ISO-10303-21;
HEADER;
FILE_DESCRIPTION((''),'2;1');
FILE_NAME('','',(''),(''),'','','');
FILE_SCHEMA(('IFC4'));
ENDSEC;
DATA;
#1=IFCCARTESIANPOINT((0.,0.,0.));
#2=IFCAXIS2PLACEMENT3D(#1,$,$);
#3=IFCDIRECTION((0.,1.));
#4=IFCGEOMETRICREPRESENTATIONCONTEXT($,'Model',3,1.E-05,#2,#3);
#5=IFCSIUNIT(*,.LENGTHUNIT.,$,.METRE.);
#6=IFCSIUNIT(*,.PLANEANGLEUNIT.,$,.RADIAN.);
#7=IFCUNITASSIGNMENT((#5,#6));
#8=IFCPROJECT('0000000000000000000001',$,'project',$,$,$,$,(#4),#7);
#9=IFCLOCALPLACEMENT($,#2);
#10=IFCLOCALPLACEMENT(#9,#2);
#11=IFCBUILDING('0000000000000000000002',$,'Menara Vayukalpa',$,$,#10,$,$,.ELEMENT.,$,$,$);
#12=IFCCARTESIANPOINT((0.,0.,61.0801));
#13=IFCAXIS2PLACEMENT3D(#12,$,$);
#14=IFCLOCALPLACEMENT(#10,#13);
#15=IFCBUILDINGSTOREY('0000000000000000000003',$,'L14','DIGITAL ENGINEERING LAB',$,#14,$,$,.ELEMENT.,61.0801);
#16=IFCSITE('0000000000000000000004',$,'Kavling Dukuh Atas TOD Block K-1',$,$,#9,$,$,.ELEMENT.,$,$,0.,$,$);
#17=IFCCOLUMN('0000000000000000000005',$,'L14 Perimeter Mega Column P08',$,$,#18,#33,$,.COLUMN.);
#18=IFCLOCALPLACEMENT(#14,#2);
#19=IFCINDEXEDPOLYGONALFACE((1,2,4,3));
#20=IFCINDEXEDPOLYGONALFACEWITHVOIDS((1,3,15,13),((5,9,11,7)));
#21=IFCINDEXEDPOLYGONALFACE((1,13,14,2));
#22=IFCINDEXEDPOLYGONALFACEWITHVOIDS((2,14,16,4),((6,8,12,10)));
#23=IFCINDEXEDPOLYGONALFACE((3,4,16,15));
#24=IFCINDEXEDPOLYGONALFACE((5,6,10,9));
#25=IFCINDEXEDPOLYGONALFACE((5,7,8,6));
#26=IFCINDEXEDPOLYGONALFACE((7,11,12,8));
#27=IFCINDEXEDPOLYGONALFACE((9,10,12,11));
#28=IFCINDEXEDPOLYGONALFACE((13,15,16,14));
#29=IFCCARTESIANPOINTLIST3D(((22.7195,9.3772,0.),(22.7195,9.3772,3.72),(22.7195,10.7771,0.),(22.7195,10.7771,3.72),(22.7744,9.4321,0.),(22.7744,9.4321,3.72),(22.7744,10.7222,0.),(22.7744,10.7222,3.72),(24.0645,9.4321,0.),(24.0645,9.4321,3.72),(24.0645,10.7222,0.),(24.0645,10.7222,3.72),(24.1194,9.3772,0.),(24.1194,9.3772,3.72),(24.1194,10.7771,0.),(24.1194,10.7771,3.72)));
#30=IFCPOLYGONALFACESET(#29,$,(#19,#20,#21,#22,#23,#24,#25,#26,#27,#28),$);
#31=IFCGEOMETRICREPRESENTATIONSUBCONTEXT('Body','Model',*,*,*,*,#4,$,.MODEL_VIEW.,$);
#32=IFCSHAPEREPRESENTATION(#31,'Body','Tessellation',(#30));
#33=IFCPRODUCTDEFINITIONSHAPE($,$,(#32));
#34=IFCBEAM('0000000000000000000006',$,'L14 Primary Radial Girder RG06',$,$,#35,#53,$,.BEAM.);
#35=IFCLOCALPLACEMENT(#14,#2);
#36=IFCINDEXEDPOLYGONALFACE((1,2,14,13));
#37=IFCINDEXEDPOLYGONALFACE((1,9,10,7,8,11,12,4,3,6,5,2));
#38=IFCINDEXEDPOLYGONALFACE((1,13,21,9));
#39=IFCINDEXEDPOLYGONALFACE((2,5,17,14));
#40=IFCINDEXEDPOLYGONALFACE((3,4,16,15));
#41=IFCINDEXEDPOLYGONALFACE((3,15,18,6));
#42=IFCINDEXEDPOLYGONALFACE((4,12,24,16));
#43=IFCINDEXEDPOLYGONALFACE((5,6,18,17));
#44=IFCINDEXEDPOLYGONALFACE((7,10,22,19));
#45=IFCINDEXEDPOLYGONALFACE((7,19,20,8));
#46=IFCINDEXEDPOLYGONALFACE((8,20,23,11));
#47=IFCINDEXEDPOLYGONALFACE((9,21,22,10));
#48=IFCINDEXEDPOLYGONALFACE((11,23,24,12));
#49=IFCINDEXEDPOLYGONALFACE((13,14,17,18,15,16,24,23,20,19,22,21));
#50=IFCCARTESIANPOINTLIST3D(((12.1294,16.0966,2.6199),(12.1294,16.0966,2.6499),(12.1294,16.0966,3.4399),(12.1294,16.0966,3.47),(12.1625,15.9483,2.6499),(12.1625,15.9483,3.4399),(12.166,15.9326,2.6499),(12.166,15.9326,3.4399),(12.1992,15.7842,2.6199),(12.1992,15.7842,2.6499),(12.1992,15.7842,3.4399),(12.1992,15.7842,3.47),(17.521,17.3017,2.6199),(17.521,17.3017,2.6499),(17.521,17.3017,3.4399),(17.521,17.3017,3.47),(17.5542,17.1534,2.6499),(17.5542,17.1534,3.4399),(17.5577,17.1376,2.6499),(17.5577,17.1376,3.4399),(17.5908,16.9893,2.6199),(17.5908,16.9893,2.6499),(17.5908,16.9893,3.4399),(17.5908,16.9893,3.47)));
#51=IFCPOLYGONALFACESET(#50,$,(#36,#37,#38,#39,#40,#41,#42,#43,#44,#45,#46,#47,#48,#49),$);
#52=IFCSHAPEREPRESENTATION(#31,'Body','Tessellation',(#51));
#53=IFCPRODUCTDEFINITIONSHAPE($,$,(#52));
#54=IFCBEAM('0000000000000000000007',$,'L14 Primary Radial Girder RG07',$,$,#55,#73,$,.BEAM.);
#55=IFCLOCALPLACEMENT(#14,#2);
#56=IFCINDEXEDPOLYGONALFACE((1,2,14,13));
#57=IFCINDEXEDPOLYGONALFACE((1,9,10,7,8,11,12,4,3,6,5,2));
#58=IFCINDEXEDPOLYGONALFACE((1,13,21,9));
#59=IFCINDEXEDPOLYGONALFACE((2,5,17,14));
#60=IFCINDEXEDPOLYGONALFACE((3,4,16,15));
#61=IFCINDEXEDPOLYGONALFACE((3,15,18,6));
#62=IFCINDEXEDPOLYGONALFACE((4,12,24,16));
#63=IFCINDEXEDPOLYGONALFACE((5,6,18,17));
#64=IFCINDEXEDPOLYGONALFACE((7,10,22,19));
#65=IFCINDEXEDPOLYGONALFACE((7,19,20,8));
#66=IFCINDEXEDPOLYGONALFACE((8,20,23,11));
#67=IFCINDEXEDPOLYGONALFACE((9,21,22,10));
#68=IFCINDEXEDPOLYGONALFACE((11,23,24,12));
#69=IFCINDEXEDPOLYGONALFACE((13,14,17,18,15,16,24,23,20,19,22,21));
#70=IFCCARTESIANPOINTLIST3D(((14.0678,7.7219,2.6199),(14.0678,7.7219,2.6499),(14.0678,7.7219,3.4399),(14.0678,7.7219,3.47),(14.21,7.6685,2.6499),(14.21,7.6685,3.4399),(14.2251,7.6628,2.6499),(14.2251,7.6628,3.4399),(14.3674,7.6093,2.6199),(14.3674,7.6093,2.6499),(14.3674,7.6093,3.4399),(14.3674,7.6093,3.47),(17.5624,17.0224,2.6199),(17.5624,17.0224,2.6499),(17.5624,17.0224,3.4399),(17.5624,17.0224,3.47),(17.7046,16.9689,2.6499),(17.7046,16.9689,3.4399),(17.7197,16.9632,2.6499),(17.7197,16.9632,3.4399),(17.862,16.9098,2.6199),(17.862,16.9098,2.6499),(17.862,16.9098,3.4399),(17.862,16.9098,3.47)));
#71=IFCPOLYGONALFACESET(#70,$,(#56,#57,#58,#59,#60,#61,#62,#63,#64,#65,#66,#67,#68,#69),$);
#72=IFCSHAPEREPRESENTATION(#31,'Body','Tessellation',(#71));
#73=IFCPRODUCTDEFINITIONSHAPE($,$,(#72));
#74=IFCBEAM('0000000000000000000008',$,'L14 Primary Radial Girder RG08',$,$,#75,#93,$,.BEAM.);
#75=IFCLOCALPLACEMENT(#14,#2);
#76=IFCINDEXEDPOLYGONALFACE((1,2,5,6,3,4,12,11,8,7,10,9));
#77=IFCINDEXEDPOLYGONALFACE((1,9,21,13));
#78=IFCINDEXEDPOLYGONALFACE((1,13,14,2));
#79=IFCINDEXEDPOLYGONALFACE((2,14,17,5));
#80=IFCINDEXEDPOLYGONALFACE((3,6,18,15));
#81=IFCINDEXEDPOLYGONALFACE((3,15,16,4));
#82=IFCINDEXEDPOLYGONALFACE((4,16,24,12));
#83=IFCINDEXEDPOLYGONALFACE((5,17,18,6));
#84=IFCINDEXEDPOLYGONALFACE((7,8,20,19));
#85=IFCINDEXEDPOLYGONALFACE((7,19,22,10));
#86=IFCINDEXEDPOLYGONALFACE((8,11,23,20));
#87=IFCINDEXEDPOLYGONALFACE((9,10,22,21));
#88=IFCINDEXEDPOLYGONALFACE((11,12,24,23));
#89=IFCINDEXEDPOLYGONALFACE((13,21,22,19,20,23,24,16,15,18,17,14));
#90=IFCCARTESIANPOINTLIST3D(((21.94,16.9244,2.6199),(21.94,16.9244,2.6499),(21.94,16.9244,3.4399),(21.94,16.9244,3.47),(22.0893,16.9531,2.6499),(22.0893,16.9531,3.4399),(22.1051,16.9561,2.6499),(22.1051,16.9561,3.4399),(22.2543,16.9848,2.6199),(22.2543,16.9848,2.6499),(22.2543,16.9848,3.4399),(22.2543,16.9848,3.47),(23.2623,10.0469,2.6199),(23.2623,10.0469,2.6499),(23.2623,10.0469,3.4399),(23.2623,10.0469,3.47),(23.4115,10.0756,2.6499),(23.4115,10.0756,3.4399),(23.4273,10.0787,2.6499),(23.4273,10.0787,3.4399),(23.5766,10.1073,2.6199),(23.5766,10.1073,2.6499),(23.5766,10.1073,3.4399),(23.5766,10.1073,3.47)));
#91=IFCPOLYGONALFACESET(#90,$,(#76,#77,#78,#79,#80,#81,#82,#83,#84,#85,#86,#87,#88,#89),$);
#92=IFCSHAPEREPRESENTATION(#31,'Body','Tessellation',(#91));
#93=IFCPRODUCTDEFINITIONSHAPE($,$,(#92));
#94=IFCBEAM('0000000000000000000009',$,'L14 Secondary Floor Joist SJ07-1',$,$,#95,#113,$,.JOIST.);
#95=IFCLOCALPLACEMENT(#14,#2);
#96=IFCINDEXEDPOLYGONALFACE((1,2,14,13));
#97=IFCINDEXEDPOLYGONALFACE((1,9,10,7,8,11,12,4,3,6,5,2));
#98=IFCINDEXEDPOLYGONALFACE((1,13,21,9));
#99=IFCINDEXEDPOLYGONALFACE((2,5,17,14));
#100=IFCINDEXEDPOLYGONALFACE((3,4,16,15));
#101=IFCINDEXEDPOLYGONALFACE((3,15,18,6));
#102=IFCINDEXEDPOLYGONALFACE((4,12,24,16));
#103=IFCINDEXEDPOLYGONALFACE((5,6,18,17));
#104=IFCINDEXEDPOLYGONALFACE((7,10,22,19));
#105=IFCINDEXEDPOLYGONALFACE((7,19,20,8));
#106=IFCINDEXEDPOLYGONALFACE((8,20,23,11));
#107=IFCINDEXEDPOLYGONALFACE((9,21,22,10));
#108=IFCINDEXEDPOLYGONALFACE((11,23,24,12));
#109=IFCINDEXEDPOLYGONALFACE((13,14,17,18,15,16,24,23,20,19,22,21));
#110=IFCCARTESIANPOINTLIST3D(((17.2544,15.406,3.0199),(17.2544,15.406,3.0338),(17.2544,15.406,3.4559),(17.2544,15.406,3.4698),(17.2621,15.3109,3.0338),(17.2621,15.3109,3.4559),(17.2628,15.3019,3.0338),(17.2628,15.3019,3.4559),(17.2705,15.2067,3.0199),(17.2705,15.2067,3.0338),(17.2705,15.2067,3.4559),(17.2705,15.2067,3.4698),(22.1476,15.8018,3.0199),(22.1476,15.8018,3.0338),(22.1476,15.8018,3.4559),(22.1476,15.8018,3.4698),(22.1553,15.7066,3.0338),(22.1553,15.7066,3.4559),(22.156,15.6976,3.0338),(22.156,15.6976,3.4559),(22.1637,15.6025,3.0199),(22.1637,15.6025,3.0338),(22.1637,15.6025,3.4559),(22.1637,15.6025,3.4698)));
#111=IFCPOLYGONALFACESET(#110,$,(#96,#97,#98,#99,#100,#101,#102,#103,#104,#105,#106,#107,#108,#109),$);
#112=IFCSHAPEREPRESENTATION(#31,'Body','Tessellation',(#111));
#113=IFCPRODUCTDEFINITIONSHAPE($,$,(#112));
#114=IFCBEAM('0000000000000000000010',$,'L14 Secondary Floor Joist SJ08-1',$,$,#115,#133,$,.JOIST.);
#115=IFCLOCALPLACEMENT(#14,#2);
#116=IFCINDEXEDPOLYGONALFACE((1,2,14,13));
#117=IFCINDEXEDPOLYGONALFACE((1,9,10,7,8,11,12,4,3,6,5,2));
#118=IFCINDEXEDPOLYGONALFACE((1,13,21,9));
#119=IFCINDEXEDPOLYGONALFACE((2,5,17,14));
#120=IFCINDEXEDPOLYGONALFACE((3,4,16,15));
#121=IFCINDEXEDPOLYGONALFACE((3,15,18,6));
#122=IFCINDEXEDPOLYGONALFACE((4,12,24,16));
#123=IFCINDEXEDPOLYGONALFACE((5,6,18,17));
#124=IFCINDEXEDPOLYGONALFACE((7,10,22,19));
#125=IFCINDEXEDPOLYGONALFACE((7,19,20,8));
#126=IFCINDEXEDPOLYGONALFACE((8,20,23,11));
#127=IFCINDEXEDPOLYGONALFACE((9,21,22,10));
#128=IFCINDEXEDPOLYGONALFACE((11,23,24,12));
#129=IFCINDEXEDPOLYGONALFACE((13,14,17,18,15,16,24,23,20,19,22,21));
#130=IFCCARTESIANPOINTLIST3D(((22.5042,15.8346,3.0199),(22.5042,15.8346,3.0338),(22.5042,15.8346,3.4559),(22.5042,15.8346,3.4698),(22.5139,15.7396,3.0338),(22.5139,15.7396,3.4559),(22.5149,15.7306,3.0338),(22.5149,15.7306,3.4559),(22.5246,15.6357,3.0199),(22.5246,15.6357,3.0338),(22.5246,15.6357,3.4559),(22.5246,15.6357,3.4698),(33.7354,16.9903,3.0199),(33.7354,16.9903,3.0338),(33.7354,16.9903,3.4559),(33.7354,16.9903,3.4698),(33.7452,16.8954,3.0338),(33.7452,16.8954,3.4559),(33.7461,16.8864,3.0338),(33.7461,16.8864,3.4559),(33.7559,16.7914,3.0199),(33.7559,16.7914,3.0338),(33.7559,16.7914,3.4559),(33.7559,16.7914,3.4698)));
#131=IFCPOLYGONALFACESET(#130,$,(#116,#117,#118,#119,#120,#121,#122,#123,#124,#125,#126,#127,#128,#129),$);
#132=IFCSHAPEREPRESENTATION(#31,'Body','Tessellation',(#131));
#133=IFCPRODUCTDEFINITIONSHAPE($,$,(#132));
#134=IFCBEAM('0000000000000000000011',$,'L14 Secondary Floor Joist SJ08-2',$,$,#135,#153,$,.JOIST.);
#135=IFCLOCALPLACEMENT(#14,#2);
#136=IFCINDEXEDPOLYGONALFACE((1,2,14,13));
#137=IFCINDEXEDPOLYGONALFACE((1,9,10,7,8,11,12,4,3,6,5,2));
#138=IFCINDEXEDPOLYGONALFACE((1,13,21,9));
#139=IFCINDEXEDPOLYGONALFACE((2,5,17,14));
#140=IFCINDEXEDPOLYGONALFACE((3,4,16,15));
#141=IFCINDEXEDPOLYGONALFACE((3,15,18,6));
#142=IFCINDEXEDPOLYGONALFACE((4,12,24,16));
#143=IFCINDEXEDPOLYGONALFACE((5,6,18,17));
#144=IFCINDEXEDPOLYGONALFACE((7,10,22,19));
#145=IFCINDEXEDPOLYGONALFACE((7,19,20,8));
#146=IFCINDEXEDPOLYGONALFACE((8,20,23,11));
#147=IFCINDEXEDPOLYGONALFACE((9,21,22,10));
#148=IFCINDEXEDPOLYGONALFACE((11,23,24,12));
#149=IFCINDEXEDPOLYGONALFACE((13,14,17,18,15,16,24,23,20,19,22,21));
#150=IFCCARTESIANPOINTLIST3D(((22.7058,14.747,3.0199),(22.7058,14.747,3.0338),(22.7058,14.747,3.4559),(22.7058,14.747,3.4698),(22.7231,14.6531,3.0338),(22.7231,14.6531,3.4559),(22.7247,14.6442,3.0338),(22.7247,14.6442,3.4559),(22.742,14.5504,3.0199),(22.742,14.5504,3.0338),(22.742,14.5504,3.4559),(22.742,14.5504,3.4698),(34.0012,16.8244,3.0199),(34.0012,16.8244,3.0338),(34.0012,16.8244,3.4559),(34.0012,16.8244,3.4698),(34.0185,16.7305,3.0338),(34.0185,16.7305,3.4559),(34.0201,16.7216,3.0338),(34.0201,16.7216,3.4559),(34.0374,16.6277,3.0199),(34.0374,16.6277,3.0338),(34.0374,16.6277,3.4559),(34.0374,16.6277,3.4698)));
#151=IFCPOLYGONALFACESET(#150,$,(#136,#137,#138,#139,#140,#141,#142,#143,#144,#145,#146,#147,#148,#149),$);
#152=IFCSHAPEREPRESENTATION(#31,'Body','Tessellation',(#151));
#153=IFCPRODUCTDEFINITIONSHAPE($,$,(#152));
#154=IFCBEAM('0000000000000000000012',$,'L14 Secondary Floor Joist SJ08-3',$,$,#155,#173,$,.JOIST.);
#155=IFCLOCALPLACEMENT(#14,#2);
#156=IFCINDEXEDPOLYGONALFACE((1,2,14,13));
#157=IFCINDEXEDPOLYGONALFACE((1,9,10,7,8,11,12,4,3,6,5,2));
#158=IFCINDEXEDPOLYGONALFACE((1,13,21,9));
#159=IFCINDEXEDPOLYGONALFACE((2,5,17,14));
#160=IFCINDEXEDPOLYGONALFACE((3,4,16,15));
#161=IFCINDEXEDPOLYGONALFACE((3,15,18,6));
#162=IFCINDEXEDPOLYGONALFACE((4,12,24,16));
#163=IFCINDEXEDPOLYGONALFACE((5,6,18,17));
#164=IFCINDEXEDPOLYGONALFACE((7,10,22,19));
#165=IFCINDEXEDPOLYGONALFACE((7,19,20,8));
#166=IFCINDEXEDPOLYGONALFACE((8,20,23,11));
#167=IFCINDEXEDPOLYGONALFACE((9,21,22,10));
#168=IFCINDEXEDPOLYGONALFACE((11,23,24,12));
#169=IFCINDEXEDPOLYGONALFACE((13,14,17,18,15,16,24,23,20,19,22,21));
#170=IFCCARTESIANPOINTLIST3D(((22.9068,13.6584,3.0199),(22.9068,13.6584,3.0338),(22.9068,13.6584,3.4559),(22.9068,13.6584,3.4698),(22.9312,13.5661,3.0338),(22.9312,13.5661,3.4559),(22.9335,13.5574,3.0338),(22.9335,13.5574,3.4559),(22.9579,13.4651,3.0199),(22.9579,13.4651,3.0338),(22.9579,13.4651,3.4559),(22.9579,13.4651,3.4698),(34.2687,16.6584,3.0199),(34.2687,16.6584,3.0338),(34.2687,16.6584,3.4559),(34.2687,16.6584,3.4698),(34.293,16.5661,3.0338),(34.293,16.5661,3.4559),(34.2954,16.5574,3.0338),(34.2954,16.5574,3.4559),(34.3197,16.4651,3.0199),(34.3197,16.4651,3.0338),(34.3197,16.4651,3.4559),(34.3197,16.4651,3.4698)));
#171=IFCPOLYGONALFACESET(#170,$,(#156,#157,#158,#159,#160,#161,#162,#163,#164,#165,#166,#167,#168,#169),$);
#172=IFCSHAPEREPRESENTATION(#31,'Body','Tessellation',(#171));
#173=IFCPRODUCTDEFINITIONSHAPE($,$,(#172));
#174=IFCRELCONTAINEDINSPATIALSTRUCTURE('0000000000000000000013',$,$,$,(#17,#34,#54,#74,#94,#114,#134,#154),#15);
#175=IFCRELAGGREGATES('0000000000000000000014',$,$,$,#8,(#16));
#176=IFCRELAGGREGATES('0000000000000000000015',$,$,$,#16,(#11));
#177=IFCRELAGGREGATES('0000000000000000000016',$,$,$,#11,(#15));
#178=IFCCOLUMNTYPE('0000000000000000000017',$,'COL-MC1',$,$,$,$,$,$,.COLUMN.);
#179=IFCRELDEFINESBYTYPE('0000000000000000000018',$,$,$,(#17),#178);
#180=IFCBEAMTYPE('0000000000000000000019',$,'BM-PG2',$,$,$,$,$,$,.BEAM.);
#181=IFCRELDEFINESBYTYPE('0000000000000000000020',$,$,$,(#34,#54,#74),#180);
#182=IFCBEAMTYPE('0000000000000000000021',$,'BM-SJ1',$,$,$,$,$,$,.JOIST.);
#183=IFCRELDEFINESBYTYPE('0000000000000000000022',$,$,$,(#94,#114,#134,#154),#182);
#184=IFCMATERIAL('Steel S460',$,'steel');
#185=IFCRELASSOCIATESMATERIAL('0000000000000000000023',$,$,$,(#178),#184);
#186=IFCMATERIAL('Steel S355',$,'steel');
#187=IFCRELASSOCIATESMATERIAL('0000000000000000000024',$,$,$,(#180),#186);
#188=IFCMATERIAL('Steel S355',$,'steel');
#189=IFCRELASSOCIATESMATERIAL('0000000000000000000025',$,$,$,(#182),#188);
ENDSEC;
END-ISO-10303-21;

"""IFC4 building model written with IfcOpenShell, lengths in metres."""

from ifc_helpers import new_model, si_unit, direction, frame, origin, origin_2d, place, context, subcontext, project, spatial, hollow_rectangle, i_section, extrude, material, material_profile, profile_set, type_object, element, save


model = new_model("IFC4")

# Units and contexts
model_context = context("Model", 3, precision=1e-05, world=origin(), true_north=direction((0.0, 1.0)))
body_context = subcontext(model_context, "Body", "Model", "MODEL_VIEW")
ifc_project = project(units=[si_unit("LENGTHUNIT", "METRE"), si_unit("PLANEANGLEUNIT", "RADIAN")], contexts=[model_context])

# Site, building, storey
site_placement = place(None, origin())
site = spatial("IfcSite", under=ifc_project, at=site_placement, Name="Kavling Dukuh Atas TOD Block K-1", CompositionType="ELEMENT", RefElevation=0.0)
building_placement = place(site_placement, origin())
building = spatial("IfcBuilding", under=site, at=building_placement, Name="Menara Vayukalpa", CompositionType="ELEMENT")
storey_placement = place(building_placement, frame((0.0, 0.0, 61.0801)))
storey = spatial("IfcBuildingStorey", under=building, at=storey_placement, Name="L14", Description="DIGITAL ENGINEERING LAB", CompositionType="ELEMENT", Elevation=61.0801)

# Column
ifc_material_1 = material(Name="Steel S460", Category="steel")
ifc_material_profile_1 = material_profile(ifc_material_1, hollow_rectangle(XDim=1.3999, YDim=1.3999, WallThickness=0.0549, at=origin_2d()), Name="BOX 1400x1400x55")
ifc_profile_set_1 = profile_set([ifc_material_profile_1], Name="Steel S460")
column_type = type_object("IfcColumnType", Name="COL-MC1", PredefinedType="COLUMN", material=ifc_profile_set_1)
column_placement = place(storey_placement, frame((23.4194, 10.0771, 0.0), z_axis=(0.0, 0.0, 1.0), x_axis=(1.0, 0.0, 0.0)))
element("IfcColumn", 1, at=column_placement, inside=storey, type_object=column_type, Name="L14 Perimeter Mega Column P08", PredefinedType="COLUMN", context=body_context, shape_type="SweptSolid", body=[
    extrude(hollow_rectangle(XDim=1.3999, YDim=1.3999, WallThickness=0.0549, at=origin_2d()), origin(), (0.0, 0.0, 1.0), 3.72),
])

# Beams
ifc_material_2 = material(Name="Steel S355", Category="steel")
ifc_material_profile_2 = material_profile(ifc_material_2, i_section(OverallWidth=0.3201, OverallDepth=0.8501, WebThickness=0.0161, FlangeThickness=0.03, at=origin_2d()), Name="WF 850x320x16x30")
ifc_profile_set_2 = profile_set([ifc_material_profile_2], Name="Steel S355")
beam_type_1 = type_object("IfcBeamType", Name="BM-PG2", PredefinedType="BEAM", material=ifc_profile_set_2)
beam_1_placement = place(storey_placement, frame((17.5559, 17.1455, 3.0449), z_axis=(-0.97592, -0.218128, 0.0), x_axis=(0.218128, -0.97592, 0.0)))
element("IfcBeam", 2, at=beam_1_placement, inside=storey, type_object=beam_type_1, Name="L14 Primary Radial Girder RG06", PredefinedType="BEAM", context=body_context, shape_type="SweptSolid", body=[
    extrude(i_section(OverallWidth=0.3201, OverallDepth=0.8501, WebThickness=0.0161, FlangeThickness=0.03, at=origin_2d()), origin(), (0.0, 0.0, 1.0), 5.5247),
])
beam_2_placement = place(storey_placement, frame((17.7122, 16.9661, 3.0449), z_axis=(-0.351735, -0.9361, 0.0), x_axis=(0.9361, -0.351735, 0.0)))
element("IfcBeam", 3, at=beam_2_placement, inside=storey, type_object=beam_type_1, Name="L14 Primary Radial Girder RG07", PredefinedType="BEAM", context=body_context, shape_type="SweptSolid", body=[
    extrude(i_section(OverallWidth=0.3201, OverallDepth=0.8501, WebThickness=0.0161, FlangeThickness=0.03, at=origin_2d()), origin(), (0.0, 0.0, 1.0), 9.9353),
])
beam_3_placement = place(storey_placement, frame((22.0972, 16.9546, 3.0449), z_axis=(0.188803, -0.982015, 0.0), x_axis=(0.982015, 0.188803, 0.0)))
element("IfcBeam", 4, at=beam_3_placement, inside=storey, type_object=beam_type_1, Name="L14 Primary Radial Girder RG08", PredefinedType="BEAM", context=body_context, shape_type="SweptSolid", body=[
    extrude(i_section(OverallWidth=0.3201, OverallDepth=0.8501, WebThickness=0.0161, FlangeThickness=0.03, at=origin_2d()), origin(), (0.0, 0.0, 1.0), 7.0034),
])
ifc_material_3 = material(Name="Steel S355", Category="steel")
ifc_material_profile_3 = material_profile(ifc_material_3, i_section(OverallWidth=0.2, OverallDepth=0.45, WebThickness=0.009, FlangeThickness=0.0139, at=origin_2d()), Name="WF 450x200x9x14")
ifc_profile_set_3 = profile_set([ifc_material_profile_3], Name="Steel S355")
beam_type_2 = type_object("IfcBeamType", Name="BM-SJ1", PredefinedType="JOIST", material=ifc_profile_set_3)
beam_4_placement = place(storey_placement, frame((17.2625, 15.3064, 3.2449), z_axis=(0.996745, 0.080613, 0.0), x_axis=(-0.080613, 0.996745, 0.0)))
element("IfcBeam", 5, at=beam_4_placement, inside=storey, type_object=beam_type_2, Name="L14 Secondary Floor Joist SJ07-1", PredefinedType="JOIST", context=body_context, shape_type="SweptSolid", body=[
    extrude(i_section(OverallWidth=0.2, OverallDepth=0.45, WebThickness=0.009, FlangeThickness=0.0139, at=origin_2d()), origin(), (0.0, 0.0, 1.0), 4.9092),
])
beam_5_placement = place(storey_placement, frame((22.5144, 15.7351, 3.2449), z_axis=(0.994747, 0.102366, 0.0), x_axis=(-0.102366, 0.994747, 0.0)))
element("IfcBeam", 6, at=beam_5_placement, inside=storey, type_object=beam_type_2, Name="L14 Secondary Floor Joist SJ08-1", PredefinedType="JOIST", context=body_context, shape_type="SweptSolid", body=[
    extrude(i_section(OverallWidth=0.2, OverallDepth=0.45, WebThickness=0.009, FlangeThickness=0.0139, at=origin_2d()), origin(), (0.0, 0.0, 1.0), 11.2905),
])
beam_6_placement = place(storey_placement, frame((22.7239, 14.6487, 3.2449), z_axis=(0.983505, 0.180881, 0.0), x_axis=(-0.180881, 0.983505, 0.0)))
element("IfcBeam", 7, at=beam_6_placement, inside=storey, type_object=beam_type_2, Name="L14 Secondary Floor Joist SJ08-2", PredefinedType="JOIST", context=body_context, shape_type="SweptSolid", body=[
    extrude(i_section(OverallWidth=0.2, OverallDepth=0.45, WebThickness=0.009, FlangeThickness=0.0139, at=origin_2d()), origin(), (0.0, 0.0, 1.0), 11.4849),
])
beam_7_placement = place(storey_placement, frame((22.9324, 13.5618, 3.2449), z_axis=(0.966864, 0.255293, 0.0), x_axis=(-0.255293, 0.966864, 0.0)))
element("IfcBeam", 8, at=beam_7_placement, inside=storey, type_object=beam_type_2, Name="L14 Secondary Floor Joist SJ08-3", PredefinedType="JOIST", context=body_context, shape_type="SweptSolid", body=[
    extrude(i_section(OverallWidth=0.2, OverallDepth=0.45, WebThickness=0.009, FlangeThickness=0.0139, at=origin_2d()), origin(), (0.0, 0.0, 1.0), 11.7512),
])

save(model, "model.ifc")
